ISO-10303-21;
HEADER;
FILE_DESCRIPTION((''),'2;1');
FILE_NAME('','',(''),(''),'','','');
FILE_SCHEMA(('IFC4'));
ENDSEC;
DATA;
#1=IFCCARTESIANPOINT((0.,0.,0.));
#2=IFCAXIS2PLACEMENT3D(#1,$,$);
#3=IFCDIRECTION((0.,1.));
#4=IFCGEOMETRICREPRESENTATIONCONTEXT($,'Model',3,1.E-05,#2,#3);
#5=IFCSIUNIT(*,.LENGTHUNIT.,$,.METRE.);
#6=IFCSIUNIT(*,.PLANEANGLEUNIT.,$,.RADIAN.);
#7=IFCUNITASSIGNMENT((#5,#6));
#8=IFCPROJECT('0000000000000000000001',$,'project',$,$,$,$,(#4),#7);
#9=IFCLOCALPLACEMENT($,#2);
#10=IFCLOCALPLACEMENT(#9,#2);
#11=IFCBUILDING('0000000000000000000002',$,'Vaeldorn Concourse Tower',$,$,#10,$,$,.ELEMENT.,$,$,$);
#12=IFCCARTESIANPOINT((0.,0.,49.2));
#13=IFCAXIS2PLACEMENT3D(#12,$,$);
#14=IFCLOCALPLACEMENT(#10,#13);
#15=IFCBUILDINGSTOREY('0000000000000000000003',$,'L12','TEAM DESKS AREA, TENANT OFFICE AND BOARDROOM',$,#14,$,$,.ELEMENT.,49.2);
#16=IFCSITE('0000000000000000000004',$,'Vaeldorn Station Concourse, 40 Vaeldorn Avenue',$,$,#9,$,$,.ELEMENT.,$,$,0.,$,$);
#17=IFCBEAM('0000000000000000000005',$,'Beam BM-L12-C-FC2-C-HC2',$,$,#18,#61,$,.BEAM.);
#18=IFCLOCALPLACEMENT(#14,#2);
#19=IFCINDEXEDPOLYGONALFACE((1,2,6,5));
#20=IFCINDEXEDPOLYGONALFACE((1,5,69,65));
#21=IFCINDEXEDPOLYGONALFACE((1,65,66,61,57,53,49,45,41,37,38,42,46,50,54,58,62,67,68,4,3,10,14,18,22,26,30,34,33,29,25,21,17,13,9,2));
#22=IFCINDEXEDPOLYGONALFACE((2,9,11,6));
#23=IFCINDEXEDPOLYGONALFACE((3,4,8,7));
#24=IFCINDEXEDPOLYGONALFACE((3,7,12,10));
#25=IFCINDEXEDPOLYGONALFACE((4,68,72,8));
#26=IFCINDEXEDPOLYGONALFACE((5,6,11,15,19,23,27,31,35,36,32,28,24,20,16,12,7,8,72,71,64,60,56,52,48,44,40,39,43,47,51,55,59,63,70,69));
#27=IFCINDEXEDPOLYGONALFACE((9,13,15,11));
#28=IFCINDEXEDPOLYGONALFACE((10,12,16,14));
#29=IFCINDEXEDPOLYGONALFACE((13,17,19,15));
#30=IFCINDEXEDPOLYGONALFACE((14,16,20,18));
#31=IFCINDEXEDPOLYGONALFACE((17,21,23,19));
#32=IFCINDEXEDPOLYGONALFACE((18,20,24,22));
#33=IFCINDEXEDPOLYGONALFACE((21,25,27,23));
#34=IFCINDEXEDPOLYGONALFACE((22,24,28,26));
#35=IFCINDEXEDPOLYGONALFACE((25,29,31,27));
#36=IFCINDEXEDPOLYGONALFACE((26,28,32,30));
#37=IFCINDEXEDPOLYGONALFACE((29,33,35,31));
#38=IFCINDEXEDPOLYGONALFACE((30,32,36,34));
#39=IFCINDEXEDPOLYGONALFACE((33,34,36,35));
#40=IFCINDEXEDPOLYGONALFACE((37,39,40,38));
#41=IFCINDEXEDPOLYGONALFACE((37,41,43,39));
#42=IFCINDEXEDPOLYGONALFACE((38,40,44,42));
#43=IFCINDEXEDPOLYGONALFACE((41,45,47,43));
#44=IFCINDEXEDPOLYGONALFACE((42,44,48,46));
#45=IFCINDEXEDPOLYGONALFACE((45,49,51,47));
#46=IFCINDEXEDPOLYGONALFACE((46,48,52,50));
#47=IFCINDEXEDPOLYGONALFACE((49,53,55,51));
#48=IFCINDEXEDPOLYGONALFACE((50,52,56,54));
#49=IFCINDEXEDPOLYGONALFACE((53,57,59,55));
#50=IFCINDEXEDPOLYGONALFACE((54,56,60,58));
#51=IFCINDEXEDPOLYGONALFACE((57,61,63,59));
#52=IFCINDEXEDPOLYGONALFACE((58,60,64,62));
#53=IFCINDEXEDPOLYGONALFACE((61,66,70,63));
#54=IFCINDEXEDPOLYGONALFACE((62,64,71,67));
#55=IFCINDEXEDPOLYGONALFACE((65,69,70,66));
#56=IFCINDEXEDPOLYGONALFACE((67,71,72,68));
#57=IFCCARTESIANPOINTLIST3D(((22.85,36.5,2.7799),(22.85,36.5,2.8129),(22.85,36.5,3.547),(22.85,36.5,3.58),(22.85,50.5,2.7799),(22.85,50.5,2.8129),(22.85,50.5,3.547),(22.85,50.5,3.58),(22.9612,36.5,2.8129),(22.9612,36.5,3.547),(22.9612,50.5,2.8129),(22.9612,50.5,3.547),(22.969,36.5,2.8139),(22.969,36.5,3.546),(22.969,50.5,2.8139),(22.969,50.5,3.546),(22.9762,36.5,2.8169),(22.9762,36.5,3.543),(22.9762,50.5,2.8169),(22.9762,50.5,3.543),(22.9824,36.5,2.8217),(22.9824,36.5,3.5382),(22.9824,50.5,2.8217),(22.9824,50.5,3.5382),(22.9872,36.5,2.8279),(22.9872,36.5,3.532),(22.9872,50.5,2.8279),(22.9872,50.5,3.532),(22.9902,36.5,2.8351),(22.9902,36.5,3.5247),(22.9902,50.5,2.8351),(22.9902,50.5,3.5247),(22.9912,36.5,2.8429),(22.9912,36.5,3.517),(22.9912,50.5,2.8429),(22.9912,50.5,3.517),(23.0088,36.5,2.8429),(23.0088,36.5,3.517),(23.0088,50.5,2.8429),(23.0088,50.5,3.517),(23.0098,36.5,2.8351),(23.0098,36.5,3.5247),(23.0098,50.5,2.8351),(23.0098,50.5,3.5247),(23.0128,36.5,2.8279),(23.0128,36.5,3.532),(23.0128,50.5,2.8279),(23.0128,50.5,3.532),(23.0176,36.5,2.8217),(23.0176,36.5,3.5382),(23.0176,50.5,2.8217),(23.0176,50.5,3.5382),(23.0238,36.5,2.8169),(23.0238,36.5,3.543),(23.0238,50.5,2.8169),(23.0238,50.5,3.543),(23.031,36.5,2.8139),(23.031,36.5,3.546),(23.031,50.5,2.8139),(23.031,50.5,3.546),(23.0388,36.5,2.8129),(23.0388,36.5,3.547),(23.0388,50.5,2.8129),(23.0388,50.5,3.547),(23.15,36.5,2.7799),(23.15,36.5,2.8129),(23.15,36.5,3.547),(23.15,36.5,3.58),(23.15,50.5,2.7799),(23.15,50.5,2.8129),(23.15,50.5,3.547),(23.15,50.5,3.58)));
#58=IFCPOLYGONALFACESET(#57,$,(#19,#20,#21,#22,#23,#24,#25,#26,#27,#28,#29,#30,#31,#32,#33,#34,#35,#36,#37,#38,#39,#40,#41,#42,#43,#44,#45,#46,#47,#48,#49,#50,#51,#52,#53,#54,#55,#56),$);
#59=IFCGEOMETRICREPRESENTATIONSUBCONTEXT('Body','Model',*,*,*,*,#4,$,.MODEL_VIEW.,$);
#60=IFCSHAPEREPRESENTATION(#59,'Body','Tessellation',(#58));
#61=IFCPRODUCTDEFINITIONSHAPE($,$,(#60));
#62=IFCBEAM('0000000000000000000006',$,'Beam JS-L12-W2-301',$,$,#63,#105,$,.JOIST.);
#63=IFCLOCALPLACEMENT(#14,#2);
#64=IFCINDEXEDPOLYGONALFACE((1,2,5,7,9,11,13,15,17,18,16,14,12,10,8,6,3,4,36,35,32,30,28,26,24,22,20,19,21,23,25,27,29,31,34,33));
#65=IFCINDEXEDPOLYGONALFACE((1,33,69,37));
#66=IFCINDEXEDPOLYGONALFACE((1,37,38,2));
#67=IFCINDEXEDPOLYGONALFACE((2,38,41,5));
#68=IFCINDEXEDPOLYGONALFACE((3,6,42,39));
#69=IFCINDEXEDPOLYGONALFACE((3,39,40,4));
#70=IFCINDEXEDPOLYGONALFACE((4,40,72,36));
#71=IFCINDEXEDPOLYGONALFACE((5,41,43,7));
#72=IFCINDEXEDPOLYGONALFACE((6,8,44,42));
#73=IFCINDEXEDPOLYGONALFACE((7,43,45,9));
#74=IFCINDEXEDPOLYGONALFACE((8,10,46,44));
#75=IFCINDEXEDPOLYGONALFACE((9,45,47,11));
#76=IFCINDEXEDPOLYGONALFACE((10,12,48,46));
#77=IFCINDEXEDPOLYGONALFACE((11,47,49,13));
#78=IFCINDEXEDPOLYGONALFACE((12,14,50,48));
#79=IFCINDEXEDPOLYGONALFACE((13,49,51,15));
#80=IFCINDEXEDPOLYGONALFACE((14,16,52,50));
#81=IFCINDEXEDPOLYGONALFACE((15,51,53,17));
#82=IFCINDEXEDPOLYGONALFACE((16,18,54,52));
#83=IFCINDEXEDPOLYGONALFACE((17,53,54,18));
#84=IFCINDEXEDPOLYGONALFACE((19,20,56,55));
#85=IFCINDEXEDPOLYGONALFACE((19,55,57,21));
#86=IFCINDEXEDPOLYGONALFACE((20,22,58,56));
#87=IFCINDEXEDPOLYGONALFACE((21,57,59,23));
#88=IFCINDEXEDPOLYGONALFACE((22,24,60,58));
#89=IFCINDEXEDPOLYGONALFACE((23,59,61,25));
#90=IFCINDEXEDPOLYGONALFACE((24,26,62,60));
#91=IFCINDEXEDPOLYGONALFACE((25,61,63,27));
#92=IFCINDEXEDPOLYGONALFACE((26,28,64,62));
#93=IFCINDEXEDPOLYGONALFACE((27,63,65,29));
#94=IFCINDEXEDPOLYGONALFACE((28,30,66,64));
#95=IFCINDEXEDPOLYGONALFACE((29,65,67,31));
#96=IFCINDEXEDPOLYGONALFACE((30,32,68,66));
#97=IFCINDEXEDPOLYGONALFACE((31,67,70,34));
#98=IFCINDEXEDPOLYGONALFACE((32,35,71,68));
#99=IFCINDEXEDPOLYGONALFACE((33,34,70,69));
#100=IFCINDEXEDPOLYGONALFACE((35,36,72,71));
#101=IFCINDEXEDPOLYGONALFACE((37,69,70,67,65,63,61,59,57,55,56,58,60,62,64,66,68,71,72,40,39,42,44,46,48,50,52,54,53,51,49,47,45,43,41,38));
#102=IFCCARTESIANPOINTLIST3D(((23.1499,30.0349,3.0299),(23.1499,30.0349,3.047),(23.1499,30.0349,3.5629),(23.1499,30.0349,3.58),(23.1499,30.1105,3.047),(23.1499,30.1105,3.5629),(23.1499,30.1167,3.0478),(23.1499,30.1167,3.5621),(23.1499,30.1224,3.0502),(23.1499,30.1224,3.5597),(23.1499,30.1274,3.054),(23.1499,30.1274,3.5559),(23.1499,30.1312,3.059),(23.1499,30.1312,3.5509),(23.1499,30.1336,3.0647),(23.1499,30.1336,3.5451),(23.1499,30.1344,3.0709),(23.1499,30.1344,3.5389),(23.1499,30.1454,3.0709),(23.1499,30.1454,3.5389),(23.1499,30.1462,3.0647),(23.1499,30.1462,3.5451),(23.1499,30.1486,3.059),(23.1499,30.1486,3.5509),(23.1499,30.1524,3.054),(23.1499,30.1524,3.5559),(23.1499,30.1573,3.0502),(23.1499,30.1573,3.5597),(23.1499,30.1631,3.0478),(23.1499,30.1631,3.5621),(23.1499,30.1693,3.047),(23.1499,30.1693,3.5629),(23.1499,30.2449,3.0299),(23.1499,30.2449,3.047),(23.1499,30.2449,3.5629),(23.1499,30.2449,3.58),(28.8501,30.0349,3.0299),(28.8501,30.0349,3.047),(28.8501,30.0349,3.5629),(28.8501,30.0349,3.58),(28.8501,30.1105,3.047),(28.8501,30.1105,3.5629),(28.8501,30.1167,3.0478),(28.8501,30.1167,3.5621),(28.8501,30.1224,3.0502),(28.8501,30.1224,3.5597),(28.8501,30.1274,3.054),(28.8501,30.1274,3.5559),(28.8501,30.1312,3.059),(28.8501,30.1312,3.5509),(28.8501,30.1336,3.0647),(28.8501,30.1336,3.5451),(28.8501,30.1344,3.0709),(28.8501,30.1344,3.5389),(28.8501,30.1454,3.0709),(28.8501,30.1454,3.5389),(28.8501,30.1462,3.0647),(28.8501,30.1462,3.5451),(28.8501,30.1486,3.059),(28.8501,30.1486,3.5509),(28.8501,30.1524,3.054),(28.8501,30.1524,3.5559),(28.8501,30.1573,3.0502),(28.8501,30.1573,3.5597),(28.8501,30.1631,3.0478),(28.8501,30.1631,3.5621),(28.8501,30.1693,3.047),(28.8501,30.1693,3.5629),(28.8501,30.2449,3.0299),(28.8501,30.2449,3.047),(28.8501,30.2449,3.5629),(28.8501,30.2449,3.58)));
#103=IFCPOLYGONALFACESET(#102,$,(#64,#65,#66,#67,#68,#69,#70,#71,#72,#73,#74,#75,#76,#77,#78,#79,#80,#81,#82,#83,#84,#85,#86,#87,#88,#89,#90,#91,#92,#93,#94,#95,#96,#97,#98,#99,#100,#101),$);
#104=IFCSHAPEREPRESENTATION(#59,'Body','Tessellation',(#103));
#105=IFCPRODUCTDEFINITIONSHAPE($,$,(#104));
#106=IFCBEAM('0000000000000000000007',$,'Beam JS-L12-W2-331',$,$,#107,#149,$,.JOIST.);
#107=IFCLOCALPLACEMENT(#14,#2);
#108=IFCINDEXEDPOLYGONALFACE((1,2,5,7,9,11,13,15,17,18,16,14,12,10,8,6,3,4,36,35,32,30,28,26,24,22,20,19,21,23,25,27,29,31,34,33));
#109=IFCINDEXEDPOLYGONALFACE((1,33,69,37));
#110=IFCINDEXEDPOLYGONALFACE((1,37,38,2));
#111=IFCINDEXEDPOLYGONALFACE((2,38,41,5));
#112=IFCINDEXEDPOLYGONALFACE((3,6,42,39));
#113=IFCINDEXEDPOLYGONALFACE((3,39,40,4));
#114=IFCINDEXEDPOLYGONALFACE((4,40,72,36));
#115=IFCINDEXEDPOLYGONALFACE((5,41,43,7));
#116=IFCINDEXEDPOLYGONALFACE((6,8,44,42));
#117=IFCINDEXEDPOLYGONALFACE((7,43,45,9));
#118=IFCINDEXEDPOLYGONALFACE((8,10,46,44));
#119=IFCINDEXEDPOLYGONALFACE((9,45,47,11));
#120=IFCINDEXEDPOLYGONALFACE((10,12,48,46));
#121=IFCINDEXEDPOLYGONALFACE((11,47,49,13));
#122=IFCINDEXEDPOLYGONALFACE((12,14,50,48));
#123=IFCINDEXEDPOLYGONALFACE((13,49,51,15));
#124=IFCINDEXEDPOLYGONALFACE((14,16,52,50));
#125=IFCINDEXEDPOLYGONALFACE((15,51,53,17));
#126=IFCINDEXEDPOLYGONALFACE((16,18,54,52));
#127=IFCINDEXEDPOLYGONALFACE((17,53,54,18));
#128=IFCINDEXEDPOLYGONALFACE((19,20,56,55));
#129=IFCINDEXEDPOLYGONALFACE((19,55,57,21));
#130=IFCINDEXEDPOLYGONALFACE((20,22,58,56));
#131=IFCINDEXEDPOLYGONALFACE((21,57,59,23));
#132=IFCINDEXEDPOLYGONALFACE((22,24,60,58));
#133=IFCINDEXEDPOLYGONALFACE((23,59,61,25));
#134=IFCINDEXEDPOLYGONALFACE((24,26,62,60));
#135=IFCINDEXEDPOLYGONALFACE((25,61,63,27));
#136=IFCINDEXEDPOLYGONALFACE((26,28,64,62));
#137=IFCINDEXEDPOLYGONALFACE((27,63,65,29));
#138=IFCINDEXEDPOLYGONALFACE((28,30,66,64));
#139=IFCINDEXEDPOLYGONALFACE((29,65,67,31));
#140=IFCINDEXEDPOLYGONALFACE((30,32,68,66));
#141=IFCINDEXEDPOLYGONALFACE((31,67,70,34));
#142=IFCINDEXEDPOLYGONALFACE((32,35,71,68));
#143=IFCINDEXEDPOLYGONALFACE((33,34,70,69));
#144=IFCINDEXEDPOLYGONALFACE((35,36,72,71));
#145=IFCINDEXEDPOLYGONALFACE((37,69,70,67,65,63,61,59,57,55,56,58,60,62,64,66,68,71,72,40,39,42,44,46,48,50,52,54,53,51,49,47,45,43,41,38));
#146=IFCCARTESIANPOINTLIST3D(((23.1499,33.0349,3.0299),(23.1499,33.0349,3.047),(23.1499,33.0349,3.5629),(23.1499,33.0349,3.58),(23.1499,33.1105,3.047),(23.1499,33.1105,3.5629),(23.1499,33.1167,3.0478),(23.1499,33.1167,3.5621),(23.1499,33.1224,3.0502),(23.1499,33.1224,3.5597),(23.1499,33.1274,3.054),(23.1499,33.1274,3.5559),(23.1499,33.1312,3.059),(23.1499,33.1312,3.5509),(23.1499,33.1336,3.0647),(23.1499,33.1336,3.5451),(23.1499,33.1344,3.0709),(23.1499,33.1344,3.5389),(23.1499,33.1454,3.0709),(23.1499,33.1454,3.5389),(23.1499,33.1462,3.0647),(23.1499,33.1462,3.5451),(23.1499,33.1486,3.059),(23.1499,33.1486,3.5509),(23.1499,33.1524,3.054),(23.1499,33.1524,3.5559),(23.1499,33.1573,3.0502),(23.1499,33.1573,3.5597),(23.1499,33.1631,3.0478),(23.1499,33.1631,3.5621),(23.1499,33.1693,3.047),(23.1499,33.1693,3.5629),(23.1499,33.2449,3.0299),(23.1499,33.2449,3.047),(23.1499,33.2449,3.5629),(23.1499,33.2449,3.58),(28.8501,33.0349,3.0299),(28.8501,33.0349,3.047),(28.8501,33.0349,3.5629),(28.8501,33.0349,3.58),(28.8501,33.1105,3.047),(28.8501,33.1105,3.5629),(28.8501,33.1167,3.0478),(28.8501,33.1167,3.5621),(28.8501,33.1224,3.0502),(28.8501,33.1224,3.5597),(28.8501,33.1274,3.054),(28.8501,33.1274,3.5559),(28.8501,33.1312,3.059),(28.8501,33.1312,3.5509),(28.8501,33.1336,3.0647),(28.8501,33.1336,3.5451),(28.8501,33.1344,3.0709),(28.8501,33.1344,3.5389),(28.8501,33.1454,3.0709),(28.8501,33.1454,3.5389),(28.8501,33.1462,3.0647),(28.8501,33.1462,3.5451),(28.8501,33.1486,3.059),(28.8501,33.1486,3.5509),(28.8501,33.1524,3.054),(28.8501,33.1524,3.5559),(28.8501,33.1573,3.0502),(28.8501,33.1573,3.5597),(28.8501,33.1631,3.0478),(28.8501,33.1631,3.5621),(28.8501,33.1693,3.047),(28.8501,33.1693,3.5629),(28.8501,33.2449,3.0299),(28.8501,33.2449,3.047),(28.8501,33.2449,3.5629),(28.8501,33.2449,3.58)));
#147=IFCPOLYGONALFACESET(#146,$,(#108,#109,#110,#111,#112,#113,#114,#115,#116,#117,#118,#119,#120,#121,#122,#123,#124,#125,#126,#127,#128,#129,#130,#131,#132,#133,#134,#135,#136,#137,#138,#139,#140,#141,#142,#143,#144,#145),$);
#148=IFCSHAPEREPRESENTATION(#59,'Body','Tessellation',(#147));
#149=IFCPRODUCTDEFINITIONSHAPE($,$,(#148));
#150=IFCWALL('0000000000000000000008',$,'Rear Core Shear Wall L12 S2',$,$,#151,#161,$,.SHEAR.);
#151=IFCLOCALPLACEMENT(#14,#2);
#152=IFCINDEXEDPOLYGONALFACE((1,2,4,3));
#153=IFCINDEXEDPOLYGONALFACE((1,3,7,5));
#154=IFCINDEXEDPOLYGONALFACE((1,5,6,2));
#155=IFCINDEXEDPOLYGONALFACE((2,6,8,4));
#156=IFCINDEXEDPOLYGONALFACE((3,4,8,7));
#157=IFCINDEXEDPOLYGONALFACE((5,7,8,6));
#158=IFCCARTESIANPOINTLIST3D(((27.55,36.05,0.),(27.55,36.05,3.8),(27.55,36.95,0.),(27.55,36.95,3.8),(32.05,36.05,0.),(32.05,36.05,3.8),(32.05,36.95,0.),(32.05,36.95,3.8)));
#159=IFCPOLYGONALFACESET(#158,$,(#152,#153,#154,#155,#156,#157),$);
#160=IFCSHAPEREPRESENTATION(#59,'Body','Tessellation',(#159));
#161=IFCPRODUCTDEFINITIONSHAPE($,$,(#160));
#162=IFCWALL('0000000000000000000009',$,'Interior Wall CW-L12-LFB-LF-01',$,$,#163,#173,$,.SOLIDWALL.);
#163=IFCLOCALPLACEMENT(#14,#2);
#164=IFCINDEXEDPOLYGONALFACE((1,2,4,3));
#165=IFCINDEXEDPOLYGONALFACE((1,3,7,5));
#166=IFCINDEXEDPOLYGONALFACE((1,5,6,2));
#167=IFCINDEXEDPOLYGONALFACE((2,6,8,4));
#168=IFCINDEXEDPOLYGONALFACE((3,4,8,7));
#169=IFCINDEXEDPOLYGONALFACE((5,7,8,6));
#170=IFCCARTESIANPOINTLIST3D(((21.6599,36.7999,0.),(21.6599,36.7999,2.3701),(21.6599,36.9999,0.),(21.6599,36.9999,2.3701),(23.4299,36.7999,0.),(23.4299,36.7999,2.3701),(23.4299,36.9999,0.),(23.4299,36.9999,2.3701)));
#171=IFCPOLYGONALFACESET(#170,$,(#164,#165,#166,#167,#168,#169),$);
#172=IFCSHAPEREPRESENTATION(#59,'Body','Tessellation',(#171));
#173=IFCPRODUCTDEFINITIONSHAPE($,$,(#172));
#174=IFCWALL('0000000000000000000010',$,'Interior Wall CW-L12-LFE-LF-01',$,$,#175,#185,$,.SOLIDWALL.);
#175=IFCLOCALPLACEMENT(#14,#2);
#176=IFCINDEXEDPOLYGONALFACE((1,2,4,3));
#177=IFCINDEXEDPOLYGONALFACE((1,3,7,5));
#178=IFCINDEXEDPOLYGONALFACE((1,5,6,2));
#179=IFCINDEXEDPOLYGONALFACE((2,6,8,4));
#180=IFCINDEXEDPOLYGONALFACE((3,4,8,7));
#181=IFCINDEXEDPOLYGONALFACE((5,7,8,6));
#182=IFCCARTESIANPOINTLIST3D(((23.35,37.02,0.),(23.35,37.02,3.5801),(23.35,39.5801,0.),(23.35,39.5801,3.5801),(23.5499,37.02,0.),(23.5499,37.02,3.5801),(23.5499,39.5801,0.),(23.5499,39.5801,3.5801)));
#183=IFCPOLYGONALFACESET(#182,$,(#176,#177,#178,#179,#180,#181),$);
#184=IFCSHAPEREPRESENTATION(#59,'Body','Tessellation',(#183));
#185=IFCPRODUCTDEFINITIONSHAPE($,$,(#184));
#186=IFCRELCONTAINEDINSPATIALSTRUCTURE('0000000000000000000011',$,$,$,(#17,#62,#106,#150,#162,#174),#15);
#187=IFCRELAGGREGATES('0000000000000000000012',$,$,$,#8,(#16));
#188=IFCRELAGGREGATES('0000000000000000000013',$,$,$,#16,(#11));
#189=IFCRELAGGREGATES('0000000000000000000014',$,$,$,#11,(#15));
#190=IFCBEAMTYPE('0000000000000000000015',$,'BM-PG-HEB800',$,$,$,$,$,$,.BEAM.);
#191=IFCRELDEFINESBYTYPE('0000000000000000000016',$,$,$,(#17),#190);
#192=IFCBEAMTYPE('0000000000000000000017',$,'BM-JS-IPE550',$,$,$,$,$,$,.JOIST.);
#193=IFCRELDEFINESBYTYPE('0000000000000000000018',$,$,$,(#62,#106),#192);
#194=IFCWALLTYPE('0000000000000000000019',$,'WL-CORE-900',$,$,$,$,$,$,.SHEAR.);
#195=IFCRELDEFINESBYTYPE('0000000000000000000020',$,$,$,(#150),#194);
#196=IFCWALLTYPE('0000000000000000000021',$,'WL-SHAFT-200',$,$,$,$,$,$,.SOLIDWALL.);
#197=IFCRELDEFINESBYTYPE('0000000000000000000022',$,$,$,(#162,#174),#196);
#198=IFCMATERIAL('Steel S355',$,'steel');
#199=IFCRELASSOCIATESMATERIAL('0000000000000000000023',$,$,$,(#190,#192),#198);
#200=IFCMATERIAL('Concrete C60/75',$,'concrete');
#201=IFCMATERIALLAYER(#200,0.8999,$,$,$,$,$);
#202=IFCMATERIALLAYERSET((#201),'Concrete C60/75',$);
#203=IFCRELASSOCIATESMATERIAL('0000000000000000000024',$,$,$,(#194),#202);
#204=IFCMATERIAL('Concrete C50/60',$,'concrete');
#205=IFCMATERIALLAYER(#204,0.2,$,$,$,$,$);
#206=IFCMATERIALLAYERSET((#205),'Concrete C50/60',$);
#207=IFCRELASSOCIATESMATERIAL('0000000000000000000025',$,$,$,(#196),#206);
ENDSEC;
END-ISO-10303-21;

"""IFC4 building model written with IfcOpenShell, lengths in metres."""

from ifc_helpers import new_model, si_unit, direction, frame, frame_2d, origin, origin_2d, place, context, subcontext, project, spatial, rectangle, i_section, extrude, source, transform, mapped, material, layer, layer_set, material_profile, profile_set, type_object, element, save


model = new_model("IFC4")

# Units and contexts
model_context = context("Model", 3, precision=1e-05, world=origin(), true_north=direction((0.0, 1.0)))
body_context = subcontext(model_context, "Body", "Model", "MODEL_VIEW")
ifc_project = project(units=[si_unit("LENGTHUNIT", "METRE"), si_unit("PLANEANGLEUNIT", "RADIAN")], contexts=[model_context])

# Site, building, storey
site_placement = place(None, origin())
site = spatial("IfcSite", under=ifc_project, at=site_placement, Name="Vaeldorn Station Concourse, 40 Vaeldorn Avenue", CompositionType="ELEMENT", RefElevation=0.0)
building_placement = place(site_placement, origin())
building = spatial("IfcBuilding", under=site, at=building_placement, Name="Vaeldorn Concourse Tower", CompositionType="ELEMENT")
storey_placement = place(building_placement, frame((0.0, 0.0, 49.2)))
storey = spatial("IfcBuildingStorey", under=building, at=storey_placement, Name="L12", Description="TEAM DESKS AREA, TENANT OFFICE AND BOARDROOM", CompositionType="ELEMENT", Elevation=49.2)

# Beams
ifc_material_1 = material(Name="Steel S355", Category="steel")
ifc_material_profile_1 = material_profile(ifc_material_1, i_section(OverallWidth=0.3, OverallDepth=0.8, WebThickness=0.0176, FlangeThickness=0.033, FilletRadius=0.03, at=origin_2d()), Name="HEB 800")
ifc_profile_set_1 = profile_set([ifc_material_profile_1], Name="Steel S355")
beam_type_1 = type_object("IfcBeamType", Name="BM-PG-HEB800", PredefinedType="BEAM", material=ifc_profile_set_1)
shared_shape_1 = source(origin(), body_context, "Body", "SweptSolid", [
    extrude(i_section(OverallWidth=0.3, OverallDepth=0.8, WebThickness=0.0176, FlangeThickness=0.033, FilletRadius=0.03, at=origin_2d()), origin(), (0.0, 0.0, 1.0), 14.0),
])
beam_1_placement = place(storey_placement, frame((23.0, 36.5, 3.1799), z_axis=(0.0, 1.0, 0.0), x_axis=(-1.0, 0.0, 0.0)))
element("IfcBeam", 1, at=beam_1_placement, inside=storey, type_object=beam_type_1, Name="Beam BM-L12-C-FC2-C-HC2", PredefinedType="BEAM", context=body_context, shape_type="MappedRepresentation", body=[
    mapped(shared_shape_1, transform((0.0, 0.0, 0.0), scale=1.0)),
])
ifc_material_profile_2 = material_profile(ifc_material_1, i_section(OverallWidth=0.21, OverallDepth=0.55, WebThickness=0.011, FlangeThickness=0.0171, FilletRadius=0.0239, at=origin_2d()), Name="IPE 550")
ifc_profile_set_2 = profile_set([ifc_material_profile_2], Name="Steel S355")
beam_type_2 = type_object("IfcBeamType", Name="BM-JS-IPE550", PredefinedType="JOIST", material=ifc_profile_set_2)
shared_shape_2 = source(origin(), body_context, "Body", "SweptSolid", [
    extrude(i_section(OverallWidth=0.21, OverallDepth=0.55, WebThickness=0.011, FlangeThickness=0.0171, FilletRadius=0.0239, at=origin_2d()), origin(), (0.0, 0.0, 1.0), 5.7002),
])
for number, where, z_axis, x_axis, name in (
    (2, (23.1499, 30.1399, 3.3049), (1.0, 0.0, 0.0), (0.0, 1.0, 0.0), "Beam JS-L12-W2-301"),
    (3, (23.1499, 33.1399, 3.3049), (1.0, 0.0, 0.0), (0.0, 1.0, 0.0), "Beam JS-L12-W2-331"),
):
    element("IfcBeam", number, at=place(storey_placement, frame(where, z_axis=z_axis, x_axis=x_axis)), inside=storey, type_object=beam_type_2, Name=name, PredefinedType="JOIST", context=body_context, shape_type="MappedRepresentation", body=[
        mapped(shared_shape_2, transform((0.0, 0.0, 0.0), scale=1.0)),
    ])

# Wall
ifc_material_2 = material(Name="Concrete C60/75", Category="concrete")
ifc_layer_1 = layer(ifc_material_2, 0.8999)
ifc_layer_set_1 = layer_set([ifc_layer_1], Name="Concrete C60/75")
wall_type_1 = type_object("IfcWallType", Name="WL-CORE-900", PredefinedType="SHEAR", material=ifc_layer_set_1)
wall_1_placement = place(storey_placement, frame((27.55, 36.5, 0.0), z_axis=(0.0, 0.0, 1.0), x_axis=(1.0, 0.0, 0.0)))
element("IfcWall", 4, at=wall_1_placement, inside=storey, type_object=wall_type_1, Name="Rear Core Shear Wall L12 S2", PredefinedType="SHEAR", context=body_context, shape_type="SweptSolid", body=[
    extrude(rectangle(XDim=4.5, YDim=0.8999, at=frame_2d((2.25, 0.0))), origin(), (0.0, 0.0, 1.0), 3.8),
])

# Shared definitions
ifc_material_3 = material(Name="Concrete C50/60", Category="concrete")
ifc_layer_2 = layer(ifc_material_3, 0.2)
ifc_layer_set_2 = layer_set([ifc_layer_2], Name="Concrete C50/60")
wall_type_2 = type_object("IfcWallType", Name="WL-SHAFT-200", PredefinedType="SOLIDWALL", material=ifc_layer_set_2)

# Walls
wall_2_placement = place(storey_placement, frame((21.6599, 36.8999, 0.0), z_axis=(0.0, 0.0, 1.0), x_axis=(1.0, 0.0, 0.0)))
element("IfcWall", 5, at=wall_2_placement, inside=storey, type_object=wall_type_2, Name="Interior Wall CW-L12-LFB-LF-01", PredefinedType="SOLIDWALL", context=body_context, shape_type="SweptSolid", body=[
    extrude(rectangle(XDim=1.77, YDim=0.2, at=frame_2d((0.885, 0.0))), origin(), (0.0, 0.0, 1.0), 2.3701),
])
wall_3_placement = place(storey_placement, frame((23.45, 37.02, 0.0), z_axis=(0.0, 0.0, 1.0), x_axis=(0.0, 1.0, 0.0)))
element("IfcWall", 6, at=wall_3_placement, inside=storey, type_object=wall_type_2, Name="Interior Wall CW-L12-LFE-LF-01", PredefinedType="SOLIDWALL", context=body_context, shape_type="SweptSolid", body=[
    extrude(rectangle(XDim=2.5601, YDim=0.2, at=frame_2d((1.28, 0.0))), origin(), (0.0, 0.0, 1.0), 3.5801),
])

save(model, "model.ifc")
